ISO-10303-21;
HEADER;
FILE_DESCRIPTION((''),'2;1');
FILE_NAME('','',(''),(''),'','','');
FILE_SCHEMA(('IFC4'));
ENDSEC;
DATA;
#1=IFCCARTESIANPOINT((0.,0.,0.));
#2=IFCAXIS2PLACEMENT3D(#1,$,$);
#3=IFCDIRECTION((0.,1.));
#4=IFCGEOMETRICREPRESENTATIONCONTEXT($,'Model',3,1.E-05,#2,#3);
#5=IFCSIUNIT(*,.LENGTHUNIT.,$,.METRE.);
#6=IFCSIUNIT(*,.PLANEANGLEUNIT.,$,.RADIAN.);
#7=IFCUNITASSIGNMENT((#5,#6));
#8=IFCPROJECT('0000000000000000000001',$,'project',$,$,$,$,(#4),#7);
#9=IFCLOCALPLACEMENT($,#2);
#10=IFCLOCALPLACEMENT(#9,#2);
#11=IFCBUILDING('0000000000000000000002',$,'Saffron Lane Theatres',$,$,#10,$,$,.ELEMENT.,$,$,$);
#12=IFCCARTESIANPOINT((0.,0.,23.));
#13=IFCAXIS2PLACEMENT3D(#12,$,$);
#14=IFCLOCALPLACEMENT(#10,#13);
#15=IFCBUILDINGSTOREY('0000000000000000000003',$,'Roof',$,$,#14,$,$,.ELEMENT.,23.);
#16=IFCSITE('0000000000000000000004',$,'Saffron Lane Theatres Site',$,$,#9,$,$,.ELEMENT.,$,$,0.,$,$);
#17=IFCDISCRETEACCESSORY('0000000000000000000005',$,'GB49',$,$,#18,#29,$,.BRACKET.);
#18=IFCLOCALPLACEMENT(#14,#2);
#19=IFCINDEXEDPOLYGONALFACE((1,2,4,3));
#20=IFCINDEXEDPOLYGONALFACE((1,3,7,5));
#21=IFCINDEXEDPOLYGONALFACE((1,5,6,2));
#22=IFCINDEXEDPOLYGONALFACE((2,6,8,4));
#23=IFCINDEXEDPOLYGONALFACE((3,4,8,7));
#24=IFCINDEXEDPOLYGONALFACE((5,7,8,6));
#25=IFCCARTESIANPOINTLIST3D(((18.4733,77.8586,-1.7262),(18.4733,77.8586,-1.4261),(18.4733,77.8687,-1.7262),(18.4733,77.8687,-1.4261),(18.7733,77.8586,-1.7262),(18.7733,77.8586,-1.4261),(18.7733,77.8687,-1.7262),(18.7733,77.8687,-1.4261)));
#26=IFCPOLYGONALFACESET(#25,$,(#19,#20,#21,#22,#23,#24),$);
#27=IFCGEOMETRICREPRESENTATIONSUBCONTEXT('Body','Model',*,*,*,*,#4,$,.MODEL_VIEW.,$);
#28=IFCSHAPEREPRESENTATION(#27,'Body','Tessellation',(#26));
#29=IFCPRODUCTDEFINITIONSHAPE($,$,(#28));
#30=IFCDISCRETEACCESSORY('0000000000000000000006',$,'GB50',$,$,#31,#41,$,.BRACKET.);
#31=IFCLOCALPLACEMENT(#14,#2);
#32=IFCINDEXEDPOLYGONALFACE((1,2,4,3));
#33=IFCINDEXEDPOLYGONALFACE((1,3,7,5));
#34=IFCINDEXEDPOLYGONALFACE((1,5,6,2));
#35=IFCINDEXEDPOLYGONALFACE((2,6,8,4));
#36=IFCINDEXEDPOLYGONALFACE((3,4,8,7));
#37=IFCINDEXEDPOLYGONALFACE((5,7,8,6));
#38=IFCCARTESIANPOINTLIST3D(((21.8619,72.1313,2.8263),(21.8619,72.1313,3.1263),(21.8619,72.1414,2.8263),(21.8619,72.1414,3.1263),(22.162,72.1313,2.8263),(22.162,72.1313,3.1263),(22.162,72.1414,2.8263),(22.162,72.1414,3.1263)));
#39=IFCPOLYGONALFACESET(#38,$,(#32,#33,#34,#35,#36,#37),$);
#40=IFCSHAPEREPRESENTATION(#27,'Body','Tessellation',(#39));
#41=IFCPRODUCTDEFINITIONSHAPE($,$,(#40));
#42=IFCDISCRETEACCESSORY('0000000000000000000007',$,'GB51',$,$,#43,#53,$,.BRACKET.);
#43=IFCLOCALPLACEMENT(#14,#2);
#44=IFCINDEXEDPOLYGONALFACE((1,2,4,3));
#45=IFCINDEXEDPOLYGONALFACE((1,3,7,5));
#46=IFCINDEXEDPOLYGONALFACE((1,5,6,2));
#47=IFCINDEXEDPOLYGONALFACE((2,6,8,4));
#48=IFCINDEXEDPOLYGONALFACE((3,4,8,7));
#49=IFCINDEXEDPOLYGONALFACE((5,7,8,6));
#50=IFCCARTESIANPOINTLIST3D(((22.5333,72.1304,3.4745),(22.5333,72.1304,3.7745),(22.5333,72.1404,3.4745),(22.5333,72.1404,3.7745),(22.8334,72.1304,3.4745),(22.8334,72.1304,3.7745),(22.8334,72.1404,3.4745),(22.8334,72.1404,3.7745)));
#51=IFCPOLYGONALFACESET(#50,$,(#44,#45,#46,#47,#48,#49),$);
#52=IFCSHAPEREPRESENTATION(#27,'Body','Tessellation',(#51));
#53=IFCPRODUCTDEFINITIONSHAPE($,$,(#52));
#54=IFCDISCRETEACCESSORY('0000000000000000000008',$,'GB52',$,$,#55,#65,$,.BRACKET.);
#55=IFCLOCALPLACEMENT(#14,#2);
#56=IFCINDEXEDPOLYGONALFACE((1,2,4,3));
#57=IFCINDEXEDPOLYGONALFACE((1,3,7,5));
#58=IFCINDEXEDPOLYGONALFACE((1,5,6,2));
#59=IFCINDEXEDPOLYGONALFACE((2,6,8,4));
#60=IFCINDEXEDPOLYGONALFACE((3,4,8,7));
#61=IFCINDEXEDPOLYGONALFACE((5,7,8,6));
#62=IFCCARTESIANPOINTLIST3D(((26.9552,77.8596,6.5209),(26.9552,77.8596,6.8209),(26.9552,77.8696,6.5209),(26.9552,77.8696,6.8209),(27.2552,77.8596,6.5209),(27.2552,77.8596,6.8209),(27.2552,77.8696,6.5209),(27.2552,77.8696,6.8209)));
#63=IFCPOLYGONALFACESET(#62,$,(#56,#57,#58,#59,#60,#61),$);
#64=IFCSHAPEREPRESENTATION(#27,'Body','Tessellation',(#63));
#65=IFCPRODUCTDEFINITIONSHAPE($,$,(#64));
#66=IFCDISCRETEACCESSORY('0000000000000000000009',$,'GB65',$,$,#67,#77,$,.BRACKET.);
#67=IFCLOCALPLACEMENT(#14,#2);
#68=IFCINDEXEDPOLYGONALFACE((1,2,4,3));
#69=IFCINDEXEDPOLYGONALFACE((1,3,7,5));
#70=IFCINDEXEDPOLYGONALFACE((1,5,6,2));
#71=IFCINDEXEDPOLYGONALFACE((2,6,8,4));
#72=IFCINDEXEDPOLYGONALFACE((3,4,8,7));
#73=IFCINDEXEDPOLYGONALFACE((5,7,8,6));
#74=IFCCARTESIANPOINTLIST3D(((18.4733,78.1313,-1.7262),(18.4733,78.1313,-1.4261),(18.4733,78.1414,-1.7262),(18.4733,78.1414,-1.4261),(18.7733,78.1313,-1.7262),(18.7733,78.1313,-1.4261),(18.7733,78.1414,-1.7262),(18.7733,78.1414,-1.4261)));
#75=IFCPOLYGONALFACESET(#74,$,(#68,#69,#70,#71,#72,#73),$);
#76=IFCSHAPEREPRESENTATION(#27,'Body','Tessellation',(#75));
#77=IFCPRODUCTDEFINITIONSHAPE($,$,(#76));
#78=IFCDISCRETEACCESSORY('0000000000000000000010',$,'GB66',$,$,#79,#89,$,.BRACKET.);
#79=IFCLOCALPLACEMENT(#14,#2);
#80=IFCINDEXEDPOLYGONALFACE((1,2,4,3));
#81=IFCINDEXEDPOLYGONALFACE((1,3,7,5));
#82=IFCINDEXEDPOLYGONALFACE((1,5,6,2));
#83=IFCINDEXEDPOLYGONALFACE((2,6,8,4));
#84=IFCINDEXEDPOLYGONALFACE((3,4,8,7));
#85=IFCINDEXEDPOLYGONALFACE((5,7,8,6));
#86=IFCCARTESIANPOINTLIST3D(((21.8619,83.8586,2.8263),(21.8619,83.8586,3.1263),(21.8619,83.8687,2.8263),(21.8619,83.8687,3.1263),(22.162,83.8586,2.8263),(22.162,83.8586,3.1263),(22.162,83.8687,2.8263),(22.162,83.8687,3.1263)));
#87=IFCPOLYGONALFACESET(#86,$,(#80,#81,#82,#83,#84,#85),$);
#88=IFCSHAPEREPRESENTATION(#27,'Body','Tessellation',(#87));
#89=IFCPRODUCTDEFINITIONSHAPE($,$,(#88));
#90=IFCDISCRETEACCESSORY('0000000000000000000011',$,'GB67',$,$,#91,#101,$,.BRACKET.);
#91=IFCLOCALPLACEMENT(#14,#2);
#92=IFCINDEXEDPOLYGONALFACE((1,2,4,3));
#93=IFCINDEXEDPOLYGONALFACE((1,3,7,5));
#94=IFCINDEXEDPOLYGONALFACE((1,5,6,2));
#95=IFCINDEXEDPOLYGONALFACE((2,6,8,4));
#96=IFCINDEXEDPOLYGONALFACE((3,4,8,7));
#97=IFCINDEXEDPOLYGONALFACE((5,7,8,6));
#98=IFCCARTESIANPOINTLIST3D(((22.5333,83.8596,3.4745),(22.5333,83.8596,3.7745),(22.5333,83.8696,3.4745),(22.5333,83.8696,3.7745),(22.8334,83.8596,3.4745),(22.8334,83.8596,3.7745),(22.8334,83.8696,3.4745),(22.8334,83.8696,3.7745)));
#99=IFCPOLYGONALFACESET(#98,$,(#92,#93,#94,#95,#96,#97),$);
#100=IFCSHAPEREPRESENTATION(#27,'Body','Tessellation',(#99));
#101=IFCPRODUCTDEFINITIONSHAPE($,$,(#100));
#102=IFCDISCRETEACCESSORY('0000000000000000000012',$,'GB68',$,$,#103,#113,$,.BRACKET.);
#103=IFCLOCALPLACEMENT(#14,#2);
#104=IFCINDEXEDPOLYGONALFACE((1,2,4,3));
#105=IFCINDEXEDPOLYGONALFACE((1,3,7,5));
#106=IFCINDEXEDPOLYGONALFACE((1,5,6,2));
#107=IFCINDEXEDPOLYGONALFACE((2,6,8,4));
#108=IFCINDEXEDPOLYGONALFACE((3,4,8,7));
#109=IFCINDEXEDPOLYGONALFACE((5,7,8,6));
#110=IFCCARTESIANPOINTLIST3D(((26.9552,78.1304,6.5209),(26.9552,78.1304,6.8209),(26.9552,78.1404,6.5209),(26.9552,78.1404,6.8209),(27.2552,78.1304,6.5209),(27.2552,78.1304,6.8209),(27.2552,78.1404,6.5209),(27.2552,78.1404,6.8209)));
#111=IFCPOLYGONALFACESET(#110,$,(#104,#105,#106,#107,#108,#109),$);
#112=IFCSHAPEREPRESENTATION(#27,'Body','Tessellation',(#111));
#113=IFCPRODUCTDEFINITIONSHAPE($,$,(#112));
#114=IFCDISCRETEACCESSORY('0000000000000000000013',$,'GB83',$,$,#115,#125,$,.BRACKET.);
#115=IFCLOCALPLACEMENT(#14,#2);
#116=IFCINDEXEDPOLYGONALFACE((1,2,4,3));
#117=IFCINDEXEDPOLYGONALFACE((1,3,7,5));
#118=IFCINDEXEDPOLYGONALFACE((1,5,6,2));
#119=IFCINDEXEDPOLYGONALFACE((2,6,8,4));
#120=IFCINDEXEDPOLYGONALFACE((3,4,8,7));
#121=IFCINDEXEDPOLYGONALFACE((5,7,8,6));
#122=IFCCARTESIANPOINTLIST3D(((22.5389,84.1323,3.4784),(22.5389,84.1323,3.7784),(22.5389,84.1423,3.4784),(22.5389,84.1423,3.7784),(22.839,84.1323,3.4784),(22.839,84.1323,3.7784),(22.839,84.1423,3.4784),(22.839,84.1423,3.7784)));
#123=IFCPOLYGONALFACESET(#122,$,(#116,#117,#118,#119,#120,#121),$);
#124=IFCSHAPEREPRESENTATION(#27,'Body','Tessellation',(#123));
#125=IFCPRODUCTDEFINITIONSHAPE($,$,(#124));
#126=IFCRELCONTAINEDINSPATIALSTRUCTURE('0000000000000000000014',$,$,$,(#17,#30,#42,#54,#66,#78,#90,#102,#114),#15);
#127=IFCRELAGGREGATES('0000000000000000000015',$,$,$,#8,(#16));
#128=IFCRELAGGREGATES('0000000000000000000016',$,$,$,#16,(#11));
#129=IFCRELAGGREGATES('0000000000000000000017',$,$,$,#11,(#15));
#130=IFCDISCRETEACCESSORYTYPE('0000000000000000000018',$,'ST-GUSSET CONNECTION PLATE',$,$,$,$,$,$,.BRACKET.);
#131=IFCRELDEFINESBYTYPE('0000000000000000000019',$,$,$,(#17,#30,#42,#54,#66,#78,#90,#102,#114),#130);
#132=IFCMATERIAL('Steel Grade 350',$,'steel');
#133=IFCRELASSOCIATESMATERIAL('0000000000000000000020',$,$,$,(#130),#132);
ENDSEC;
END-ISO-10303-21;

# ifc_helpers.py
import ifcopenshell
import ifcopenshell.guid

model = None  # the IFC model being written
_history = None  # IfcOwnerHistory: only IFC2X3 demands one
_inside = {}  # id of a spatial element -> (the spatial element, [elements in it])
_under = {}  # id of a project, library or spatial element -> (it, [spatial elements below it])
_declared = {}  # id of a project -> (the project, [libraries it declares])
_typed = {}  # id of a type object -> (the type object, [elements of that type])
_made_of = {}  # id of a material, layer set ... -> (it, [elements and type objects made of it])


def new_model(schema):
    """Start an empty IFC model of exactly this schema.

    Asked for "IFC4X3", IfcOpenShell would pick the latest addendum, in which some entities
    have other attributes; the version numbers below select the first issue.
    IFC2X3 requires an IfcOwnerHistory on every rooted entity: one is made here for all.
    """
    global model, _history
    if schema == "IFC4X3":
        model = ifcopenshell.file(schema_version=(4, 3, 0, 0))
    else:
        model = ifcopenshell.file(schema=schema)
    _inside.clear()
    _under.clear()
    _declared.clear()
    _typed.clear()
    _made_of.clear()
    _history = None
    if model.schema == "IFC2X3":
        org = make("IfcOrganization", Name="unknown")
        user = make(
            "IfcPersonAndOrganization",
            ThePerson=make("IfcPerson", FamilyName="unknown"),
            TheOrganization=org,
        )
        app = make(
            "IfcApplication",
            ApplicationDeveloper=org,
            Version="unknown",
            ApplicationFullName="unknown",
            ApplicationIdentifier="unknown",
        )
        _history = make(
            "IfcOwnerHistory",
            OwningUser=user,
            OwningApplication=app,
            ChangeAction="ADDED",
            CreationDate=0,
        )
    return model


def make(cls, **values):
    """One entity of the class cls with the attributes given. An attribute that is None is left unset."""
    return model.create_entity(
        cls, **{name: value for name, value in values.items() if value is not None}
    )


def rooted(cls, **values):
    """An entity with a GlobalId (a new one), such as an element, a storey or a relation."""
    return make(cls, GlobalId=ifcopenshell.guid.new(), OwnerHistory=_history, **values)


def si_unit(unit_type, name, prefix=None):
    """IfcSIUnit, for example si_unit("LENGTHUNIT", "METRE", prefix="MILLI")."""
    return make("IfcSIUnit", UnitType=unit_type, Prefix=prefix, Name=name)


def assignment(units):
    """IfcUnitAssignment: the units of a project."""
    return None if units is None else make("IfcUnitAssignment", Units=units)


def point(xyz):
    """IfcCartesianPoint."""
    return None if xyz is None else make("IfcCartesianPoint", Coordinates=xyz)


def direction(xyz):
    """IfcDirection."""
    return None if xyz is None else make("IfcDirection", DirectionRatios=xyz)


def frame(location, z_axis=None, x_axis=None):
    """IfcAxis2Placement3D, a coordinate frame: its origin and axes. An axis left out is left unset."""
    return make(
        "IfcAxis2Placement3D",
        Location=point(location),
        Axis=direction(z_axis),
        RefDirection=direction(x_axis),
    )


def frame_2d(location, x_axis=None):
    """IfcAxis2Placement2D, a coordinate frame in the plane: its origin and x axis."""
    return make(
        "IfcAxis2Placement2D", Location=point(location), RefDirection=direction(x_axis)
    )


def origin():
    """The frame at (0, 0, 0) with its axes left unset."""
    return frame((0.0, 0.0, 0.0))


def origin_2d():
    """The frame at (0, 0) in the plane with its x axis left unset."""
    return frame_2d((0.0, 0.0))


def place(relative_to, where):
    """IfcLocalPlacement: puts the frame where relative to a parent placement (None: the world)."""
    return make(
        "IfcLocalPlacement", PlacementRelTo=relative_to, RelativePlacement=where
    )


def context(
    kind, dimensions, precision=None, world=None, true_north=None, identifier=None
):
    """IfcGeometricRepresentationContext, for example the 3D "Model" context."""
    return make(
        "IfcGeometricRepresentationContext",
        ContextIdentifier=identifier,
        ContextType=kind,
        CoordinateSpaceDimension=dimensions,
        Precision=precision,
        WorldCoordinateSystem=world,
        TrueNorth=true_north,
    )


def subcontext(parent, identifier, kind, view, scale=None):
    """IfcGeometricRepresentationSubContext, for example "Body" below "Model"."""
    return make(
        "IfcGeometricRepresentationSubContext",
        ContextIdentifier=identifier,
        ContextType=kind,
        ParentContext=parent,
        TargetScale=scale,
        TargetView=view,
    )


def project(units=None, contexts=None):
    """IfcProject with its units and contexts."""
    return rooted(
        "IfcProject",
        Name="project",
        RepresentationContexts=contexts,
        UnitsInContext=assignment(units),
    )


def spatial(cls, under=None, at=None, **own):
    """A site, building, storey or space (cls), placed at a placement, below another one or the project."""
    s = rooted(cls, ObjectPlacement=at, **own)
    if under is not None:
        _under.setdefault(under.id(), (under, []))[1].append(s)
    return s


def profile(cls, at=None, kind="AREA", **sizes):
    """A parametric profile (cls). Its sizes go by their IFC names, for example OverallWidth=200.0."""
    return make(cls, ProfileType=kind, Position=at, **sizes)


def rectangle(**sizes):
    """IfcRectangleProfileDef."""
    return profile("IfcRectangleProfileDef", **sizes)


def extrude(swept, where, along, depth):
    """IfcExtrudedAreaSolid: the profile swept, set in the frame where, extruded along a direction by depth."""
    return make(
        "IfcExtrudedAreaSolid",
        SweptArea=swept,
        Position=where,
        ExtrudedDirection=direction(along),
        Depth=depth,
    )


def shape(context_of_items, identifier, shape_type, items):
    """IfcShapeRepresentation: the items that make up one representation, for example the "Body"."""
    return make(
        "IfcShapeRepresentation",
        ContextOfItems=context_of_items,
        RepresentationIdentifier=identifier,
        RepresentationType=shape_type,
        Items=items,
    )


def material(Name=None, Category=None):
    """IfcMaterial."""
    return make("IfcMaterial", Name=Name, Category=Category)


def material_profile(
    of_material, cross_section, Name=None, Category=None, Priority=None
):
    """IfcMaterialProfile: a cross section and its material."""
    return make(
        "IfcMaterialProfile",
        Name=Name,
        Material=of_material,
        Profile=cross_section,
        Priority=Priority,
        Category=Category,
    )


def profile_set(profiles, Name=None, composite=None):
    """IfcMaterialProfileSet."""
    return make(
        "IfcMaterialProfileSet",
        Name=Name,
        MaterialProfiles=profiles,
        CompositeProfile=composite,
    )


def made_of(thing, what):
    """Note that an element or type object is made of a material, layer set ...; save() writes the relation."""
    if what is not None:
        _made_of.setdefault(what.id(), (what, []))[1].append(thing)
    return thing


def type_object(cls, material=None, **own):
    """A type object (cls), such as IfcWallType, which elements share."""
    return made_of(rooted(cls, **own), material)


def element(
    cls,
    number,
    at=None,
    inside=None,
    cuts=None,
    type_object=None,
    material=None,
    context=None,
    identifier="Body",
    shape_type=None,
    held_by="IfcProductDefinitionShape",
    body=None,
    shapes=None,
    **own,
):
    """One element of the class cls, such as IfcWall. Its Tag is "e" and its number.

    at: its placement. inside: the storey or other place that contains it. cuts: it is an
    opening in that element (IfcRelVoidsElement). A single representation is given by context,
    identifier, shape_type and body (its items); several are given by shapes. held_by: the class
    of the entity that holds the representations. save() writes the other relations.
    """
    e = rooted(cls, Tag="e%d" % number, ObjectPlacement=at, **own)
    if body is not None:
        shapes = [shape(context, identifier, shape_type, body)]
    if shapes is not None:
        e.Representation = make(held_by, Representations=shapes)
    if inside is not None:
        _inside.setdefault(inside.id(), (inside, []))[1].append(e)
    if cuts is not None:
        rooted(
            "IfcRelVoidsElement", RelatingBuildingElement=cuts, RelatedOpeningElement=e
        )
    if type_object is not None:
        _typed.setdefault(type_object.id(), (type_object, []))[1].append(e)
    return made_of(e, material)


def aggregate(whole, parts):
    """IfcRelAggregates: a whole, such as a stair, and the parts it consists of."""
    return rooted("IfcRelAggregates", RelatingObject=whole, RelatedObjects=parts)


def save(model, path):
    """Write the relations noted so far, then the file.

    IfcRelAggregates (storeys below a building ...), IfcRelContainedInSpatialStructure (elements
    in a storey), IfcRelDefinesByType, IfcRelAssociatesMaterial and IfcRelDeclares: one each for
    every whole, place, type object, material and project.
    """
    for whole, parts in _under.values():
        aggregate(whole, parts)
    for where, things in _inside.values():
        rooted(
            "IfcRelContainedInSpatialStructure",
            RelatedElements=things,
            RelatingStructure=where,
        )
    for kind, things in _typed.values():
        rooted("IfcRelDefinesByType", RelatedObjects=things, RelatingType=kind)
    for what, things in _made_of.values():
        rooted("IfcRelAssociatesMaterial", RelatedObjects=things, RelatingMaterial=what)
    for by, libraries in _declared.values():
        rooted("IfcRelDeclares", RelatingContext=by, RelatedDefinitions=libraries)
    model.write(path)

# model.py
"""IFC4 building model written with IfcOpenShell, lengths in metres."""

from ifc_helpers import new_model, si_unit, direction, frame, origin, origin_2d, place, context, subcontext, project, spatial, rectangle, extrude, material, material_profile, profile_set, type_object, element, save


model = new_model("IFC4")

# Units and contexts
model_context = context("Model", 3, precision=1e-05, world=origin(), true_north=direction((0.0, 1.0)))
body_context = subcontext(model_context, "Body", "Model", "MODEL_VIEW")
ifc_project = project(units=[si_unit("LENGTHUNIT", "METRE"), si_unit("PLANEANGLEUNIT", "RADIAN")], contexts=[model_context])

# Site, building, storey
site_placement = place(None, origin())
site = spatial("IfcSite", under=ifc_project, at=site_placement, Name="Saffron Lane Theatres Site", CompositionType="ELEMENT", RefElevation=0.0)
building_placement = place(site_placement, origin())
building = spatial("IfcBuilding", under=site, at=building_placement, Name="Saffron Lane Theatres", CompositionType="ELEMENT")
storey_placement = place(building_placement, frame((0.0, 0.0, 23.0)))
storey = spatial("IfcBuildingStorey", under=building, at=storey_placement, Name="Roof", CompositionType="ELEMENT", Elevation=23.0)

# Discrete accessories
ifc_material_1 = material(Name="Steel Grade 350", Category="steel")
ifc_material_profile_1 = material_profile(ifc_material_1, rectangle(XDim=0.3, YDim=0.3, at=origin_2d()))
ifc_profile_set_1 = profile_set([ifc_material_profile_1], Name="Steel Grade 350")
discrete_accessory_type = type_object("IfcDiscreteAccessoryType", Name="ST-GUSSET CONNECTION PLATE", PredefinedType="BRACKET", material=ifc_profile_set_1)
for number, where, z_axis, x_axis, name in (
    (1, (18.6233, 77.8687, -1.5762), (0.0, -1.0, 0.0), (1.0, 0.0, 0.0), "GB49"),
    (2, (22.012, 72.1313, 2.9763), (0.0, 1.0, 0.0), (-1.0, 0.0, 0.0), "GB50"),
    (3, (22.6833, 72.1304, 3.6245), (0.0, 1.0, 0.0), (-1.0, 0.0, 0.0), "GB51"),
    (4, (27.1052, 77.8696, 6.6709), (0.0, -1.0, 0.0), (1.0, 0.0, 0.0), "GB52"),
    (5, (18.6233, 78.1313, -1.5762), (0.0, 1.0, 0.0), (-1.0, 0.0, 0.0), "GB65"),
    (6, (22.012, 83.8687, 2.9763), (0.0, -1.0, 0.0), (1.0, 0.0, 0.0), "GB66"),
    (7, (22.6833, 83.8696, 3.6245), (0.0, -1.0, 0.0), (1.0, 0.0, 0.0), "GB67"),
    (8, (27.1052, 78.1304, 6.6709), (0.0, 1.0, 0.0), (-1.0, 0.0, 0.0), "GB68"),
    (9, (22.689, 84.1323, 3.6284), (0.0, 1.0, 0.0), (-1.0, 0.0, 0.0), "GB83"),
):
    element("IfcDiscreteAccessory", number, at=place(storey_placement, frame(where, z_axis=z_axis, x_axis=x_axis)), inside=storey, type_object=discrete_accessory_type, Name=name, PredefinedType="BRACKET", context=body_context, shape_type="SweptSolid", body=[
        extrude(rectangle(XDim=0.3, YDim=0.3, at=origin_2d()), origin(), (0.0, 0.0, 1.0), 0.01),
    ])

save(model, "model.ifc")
